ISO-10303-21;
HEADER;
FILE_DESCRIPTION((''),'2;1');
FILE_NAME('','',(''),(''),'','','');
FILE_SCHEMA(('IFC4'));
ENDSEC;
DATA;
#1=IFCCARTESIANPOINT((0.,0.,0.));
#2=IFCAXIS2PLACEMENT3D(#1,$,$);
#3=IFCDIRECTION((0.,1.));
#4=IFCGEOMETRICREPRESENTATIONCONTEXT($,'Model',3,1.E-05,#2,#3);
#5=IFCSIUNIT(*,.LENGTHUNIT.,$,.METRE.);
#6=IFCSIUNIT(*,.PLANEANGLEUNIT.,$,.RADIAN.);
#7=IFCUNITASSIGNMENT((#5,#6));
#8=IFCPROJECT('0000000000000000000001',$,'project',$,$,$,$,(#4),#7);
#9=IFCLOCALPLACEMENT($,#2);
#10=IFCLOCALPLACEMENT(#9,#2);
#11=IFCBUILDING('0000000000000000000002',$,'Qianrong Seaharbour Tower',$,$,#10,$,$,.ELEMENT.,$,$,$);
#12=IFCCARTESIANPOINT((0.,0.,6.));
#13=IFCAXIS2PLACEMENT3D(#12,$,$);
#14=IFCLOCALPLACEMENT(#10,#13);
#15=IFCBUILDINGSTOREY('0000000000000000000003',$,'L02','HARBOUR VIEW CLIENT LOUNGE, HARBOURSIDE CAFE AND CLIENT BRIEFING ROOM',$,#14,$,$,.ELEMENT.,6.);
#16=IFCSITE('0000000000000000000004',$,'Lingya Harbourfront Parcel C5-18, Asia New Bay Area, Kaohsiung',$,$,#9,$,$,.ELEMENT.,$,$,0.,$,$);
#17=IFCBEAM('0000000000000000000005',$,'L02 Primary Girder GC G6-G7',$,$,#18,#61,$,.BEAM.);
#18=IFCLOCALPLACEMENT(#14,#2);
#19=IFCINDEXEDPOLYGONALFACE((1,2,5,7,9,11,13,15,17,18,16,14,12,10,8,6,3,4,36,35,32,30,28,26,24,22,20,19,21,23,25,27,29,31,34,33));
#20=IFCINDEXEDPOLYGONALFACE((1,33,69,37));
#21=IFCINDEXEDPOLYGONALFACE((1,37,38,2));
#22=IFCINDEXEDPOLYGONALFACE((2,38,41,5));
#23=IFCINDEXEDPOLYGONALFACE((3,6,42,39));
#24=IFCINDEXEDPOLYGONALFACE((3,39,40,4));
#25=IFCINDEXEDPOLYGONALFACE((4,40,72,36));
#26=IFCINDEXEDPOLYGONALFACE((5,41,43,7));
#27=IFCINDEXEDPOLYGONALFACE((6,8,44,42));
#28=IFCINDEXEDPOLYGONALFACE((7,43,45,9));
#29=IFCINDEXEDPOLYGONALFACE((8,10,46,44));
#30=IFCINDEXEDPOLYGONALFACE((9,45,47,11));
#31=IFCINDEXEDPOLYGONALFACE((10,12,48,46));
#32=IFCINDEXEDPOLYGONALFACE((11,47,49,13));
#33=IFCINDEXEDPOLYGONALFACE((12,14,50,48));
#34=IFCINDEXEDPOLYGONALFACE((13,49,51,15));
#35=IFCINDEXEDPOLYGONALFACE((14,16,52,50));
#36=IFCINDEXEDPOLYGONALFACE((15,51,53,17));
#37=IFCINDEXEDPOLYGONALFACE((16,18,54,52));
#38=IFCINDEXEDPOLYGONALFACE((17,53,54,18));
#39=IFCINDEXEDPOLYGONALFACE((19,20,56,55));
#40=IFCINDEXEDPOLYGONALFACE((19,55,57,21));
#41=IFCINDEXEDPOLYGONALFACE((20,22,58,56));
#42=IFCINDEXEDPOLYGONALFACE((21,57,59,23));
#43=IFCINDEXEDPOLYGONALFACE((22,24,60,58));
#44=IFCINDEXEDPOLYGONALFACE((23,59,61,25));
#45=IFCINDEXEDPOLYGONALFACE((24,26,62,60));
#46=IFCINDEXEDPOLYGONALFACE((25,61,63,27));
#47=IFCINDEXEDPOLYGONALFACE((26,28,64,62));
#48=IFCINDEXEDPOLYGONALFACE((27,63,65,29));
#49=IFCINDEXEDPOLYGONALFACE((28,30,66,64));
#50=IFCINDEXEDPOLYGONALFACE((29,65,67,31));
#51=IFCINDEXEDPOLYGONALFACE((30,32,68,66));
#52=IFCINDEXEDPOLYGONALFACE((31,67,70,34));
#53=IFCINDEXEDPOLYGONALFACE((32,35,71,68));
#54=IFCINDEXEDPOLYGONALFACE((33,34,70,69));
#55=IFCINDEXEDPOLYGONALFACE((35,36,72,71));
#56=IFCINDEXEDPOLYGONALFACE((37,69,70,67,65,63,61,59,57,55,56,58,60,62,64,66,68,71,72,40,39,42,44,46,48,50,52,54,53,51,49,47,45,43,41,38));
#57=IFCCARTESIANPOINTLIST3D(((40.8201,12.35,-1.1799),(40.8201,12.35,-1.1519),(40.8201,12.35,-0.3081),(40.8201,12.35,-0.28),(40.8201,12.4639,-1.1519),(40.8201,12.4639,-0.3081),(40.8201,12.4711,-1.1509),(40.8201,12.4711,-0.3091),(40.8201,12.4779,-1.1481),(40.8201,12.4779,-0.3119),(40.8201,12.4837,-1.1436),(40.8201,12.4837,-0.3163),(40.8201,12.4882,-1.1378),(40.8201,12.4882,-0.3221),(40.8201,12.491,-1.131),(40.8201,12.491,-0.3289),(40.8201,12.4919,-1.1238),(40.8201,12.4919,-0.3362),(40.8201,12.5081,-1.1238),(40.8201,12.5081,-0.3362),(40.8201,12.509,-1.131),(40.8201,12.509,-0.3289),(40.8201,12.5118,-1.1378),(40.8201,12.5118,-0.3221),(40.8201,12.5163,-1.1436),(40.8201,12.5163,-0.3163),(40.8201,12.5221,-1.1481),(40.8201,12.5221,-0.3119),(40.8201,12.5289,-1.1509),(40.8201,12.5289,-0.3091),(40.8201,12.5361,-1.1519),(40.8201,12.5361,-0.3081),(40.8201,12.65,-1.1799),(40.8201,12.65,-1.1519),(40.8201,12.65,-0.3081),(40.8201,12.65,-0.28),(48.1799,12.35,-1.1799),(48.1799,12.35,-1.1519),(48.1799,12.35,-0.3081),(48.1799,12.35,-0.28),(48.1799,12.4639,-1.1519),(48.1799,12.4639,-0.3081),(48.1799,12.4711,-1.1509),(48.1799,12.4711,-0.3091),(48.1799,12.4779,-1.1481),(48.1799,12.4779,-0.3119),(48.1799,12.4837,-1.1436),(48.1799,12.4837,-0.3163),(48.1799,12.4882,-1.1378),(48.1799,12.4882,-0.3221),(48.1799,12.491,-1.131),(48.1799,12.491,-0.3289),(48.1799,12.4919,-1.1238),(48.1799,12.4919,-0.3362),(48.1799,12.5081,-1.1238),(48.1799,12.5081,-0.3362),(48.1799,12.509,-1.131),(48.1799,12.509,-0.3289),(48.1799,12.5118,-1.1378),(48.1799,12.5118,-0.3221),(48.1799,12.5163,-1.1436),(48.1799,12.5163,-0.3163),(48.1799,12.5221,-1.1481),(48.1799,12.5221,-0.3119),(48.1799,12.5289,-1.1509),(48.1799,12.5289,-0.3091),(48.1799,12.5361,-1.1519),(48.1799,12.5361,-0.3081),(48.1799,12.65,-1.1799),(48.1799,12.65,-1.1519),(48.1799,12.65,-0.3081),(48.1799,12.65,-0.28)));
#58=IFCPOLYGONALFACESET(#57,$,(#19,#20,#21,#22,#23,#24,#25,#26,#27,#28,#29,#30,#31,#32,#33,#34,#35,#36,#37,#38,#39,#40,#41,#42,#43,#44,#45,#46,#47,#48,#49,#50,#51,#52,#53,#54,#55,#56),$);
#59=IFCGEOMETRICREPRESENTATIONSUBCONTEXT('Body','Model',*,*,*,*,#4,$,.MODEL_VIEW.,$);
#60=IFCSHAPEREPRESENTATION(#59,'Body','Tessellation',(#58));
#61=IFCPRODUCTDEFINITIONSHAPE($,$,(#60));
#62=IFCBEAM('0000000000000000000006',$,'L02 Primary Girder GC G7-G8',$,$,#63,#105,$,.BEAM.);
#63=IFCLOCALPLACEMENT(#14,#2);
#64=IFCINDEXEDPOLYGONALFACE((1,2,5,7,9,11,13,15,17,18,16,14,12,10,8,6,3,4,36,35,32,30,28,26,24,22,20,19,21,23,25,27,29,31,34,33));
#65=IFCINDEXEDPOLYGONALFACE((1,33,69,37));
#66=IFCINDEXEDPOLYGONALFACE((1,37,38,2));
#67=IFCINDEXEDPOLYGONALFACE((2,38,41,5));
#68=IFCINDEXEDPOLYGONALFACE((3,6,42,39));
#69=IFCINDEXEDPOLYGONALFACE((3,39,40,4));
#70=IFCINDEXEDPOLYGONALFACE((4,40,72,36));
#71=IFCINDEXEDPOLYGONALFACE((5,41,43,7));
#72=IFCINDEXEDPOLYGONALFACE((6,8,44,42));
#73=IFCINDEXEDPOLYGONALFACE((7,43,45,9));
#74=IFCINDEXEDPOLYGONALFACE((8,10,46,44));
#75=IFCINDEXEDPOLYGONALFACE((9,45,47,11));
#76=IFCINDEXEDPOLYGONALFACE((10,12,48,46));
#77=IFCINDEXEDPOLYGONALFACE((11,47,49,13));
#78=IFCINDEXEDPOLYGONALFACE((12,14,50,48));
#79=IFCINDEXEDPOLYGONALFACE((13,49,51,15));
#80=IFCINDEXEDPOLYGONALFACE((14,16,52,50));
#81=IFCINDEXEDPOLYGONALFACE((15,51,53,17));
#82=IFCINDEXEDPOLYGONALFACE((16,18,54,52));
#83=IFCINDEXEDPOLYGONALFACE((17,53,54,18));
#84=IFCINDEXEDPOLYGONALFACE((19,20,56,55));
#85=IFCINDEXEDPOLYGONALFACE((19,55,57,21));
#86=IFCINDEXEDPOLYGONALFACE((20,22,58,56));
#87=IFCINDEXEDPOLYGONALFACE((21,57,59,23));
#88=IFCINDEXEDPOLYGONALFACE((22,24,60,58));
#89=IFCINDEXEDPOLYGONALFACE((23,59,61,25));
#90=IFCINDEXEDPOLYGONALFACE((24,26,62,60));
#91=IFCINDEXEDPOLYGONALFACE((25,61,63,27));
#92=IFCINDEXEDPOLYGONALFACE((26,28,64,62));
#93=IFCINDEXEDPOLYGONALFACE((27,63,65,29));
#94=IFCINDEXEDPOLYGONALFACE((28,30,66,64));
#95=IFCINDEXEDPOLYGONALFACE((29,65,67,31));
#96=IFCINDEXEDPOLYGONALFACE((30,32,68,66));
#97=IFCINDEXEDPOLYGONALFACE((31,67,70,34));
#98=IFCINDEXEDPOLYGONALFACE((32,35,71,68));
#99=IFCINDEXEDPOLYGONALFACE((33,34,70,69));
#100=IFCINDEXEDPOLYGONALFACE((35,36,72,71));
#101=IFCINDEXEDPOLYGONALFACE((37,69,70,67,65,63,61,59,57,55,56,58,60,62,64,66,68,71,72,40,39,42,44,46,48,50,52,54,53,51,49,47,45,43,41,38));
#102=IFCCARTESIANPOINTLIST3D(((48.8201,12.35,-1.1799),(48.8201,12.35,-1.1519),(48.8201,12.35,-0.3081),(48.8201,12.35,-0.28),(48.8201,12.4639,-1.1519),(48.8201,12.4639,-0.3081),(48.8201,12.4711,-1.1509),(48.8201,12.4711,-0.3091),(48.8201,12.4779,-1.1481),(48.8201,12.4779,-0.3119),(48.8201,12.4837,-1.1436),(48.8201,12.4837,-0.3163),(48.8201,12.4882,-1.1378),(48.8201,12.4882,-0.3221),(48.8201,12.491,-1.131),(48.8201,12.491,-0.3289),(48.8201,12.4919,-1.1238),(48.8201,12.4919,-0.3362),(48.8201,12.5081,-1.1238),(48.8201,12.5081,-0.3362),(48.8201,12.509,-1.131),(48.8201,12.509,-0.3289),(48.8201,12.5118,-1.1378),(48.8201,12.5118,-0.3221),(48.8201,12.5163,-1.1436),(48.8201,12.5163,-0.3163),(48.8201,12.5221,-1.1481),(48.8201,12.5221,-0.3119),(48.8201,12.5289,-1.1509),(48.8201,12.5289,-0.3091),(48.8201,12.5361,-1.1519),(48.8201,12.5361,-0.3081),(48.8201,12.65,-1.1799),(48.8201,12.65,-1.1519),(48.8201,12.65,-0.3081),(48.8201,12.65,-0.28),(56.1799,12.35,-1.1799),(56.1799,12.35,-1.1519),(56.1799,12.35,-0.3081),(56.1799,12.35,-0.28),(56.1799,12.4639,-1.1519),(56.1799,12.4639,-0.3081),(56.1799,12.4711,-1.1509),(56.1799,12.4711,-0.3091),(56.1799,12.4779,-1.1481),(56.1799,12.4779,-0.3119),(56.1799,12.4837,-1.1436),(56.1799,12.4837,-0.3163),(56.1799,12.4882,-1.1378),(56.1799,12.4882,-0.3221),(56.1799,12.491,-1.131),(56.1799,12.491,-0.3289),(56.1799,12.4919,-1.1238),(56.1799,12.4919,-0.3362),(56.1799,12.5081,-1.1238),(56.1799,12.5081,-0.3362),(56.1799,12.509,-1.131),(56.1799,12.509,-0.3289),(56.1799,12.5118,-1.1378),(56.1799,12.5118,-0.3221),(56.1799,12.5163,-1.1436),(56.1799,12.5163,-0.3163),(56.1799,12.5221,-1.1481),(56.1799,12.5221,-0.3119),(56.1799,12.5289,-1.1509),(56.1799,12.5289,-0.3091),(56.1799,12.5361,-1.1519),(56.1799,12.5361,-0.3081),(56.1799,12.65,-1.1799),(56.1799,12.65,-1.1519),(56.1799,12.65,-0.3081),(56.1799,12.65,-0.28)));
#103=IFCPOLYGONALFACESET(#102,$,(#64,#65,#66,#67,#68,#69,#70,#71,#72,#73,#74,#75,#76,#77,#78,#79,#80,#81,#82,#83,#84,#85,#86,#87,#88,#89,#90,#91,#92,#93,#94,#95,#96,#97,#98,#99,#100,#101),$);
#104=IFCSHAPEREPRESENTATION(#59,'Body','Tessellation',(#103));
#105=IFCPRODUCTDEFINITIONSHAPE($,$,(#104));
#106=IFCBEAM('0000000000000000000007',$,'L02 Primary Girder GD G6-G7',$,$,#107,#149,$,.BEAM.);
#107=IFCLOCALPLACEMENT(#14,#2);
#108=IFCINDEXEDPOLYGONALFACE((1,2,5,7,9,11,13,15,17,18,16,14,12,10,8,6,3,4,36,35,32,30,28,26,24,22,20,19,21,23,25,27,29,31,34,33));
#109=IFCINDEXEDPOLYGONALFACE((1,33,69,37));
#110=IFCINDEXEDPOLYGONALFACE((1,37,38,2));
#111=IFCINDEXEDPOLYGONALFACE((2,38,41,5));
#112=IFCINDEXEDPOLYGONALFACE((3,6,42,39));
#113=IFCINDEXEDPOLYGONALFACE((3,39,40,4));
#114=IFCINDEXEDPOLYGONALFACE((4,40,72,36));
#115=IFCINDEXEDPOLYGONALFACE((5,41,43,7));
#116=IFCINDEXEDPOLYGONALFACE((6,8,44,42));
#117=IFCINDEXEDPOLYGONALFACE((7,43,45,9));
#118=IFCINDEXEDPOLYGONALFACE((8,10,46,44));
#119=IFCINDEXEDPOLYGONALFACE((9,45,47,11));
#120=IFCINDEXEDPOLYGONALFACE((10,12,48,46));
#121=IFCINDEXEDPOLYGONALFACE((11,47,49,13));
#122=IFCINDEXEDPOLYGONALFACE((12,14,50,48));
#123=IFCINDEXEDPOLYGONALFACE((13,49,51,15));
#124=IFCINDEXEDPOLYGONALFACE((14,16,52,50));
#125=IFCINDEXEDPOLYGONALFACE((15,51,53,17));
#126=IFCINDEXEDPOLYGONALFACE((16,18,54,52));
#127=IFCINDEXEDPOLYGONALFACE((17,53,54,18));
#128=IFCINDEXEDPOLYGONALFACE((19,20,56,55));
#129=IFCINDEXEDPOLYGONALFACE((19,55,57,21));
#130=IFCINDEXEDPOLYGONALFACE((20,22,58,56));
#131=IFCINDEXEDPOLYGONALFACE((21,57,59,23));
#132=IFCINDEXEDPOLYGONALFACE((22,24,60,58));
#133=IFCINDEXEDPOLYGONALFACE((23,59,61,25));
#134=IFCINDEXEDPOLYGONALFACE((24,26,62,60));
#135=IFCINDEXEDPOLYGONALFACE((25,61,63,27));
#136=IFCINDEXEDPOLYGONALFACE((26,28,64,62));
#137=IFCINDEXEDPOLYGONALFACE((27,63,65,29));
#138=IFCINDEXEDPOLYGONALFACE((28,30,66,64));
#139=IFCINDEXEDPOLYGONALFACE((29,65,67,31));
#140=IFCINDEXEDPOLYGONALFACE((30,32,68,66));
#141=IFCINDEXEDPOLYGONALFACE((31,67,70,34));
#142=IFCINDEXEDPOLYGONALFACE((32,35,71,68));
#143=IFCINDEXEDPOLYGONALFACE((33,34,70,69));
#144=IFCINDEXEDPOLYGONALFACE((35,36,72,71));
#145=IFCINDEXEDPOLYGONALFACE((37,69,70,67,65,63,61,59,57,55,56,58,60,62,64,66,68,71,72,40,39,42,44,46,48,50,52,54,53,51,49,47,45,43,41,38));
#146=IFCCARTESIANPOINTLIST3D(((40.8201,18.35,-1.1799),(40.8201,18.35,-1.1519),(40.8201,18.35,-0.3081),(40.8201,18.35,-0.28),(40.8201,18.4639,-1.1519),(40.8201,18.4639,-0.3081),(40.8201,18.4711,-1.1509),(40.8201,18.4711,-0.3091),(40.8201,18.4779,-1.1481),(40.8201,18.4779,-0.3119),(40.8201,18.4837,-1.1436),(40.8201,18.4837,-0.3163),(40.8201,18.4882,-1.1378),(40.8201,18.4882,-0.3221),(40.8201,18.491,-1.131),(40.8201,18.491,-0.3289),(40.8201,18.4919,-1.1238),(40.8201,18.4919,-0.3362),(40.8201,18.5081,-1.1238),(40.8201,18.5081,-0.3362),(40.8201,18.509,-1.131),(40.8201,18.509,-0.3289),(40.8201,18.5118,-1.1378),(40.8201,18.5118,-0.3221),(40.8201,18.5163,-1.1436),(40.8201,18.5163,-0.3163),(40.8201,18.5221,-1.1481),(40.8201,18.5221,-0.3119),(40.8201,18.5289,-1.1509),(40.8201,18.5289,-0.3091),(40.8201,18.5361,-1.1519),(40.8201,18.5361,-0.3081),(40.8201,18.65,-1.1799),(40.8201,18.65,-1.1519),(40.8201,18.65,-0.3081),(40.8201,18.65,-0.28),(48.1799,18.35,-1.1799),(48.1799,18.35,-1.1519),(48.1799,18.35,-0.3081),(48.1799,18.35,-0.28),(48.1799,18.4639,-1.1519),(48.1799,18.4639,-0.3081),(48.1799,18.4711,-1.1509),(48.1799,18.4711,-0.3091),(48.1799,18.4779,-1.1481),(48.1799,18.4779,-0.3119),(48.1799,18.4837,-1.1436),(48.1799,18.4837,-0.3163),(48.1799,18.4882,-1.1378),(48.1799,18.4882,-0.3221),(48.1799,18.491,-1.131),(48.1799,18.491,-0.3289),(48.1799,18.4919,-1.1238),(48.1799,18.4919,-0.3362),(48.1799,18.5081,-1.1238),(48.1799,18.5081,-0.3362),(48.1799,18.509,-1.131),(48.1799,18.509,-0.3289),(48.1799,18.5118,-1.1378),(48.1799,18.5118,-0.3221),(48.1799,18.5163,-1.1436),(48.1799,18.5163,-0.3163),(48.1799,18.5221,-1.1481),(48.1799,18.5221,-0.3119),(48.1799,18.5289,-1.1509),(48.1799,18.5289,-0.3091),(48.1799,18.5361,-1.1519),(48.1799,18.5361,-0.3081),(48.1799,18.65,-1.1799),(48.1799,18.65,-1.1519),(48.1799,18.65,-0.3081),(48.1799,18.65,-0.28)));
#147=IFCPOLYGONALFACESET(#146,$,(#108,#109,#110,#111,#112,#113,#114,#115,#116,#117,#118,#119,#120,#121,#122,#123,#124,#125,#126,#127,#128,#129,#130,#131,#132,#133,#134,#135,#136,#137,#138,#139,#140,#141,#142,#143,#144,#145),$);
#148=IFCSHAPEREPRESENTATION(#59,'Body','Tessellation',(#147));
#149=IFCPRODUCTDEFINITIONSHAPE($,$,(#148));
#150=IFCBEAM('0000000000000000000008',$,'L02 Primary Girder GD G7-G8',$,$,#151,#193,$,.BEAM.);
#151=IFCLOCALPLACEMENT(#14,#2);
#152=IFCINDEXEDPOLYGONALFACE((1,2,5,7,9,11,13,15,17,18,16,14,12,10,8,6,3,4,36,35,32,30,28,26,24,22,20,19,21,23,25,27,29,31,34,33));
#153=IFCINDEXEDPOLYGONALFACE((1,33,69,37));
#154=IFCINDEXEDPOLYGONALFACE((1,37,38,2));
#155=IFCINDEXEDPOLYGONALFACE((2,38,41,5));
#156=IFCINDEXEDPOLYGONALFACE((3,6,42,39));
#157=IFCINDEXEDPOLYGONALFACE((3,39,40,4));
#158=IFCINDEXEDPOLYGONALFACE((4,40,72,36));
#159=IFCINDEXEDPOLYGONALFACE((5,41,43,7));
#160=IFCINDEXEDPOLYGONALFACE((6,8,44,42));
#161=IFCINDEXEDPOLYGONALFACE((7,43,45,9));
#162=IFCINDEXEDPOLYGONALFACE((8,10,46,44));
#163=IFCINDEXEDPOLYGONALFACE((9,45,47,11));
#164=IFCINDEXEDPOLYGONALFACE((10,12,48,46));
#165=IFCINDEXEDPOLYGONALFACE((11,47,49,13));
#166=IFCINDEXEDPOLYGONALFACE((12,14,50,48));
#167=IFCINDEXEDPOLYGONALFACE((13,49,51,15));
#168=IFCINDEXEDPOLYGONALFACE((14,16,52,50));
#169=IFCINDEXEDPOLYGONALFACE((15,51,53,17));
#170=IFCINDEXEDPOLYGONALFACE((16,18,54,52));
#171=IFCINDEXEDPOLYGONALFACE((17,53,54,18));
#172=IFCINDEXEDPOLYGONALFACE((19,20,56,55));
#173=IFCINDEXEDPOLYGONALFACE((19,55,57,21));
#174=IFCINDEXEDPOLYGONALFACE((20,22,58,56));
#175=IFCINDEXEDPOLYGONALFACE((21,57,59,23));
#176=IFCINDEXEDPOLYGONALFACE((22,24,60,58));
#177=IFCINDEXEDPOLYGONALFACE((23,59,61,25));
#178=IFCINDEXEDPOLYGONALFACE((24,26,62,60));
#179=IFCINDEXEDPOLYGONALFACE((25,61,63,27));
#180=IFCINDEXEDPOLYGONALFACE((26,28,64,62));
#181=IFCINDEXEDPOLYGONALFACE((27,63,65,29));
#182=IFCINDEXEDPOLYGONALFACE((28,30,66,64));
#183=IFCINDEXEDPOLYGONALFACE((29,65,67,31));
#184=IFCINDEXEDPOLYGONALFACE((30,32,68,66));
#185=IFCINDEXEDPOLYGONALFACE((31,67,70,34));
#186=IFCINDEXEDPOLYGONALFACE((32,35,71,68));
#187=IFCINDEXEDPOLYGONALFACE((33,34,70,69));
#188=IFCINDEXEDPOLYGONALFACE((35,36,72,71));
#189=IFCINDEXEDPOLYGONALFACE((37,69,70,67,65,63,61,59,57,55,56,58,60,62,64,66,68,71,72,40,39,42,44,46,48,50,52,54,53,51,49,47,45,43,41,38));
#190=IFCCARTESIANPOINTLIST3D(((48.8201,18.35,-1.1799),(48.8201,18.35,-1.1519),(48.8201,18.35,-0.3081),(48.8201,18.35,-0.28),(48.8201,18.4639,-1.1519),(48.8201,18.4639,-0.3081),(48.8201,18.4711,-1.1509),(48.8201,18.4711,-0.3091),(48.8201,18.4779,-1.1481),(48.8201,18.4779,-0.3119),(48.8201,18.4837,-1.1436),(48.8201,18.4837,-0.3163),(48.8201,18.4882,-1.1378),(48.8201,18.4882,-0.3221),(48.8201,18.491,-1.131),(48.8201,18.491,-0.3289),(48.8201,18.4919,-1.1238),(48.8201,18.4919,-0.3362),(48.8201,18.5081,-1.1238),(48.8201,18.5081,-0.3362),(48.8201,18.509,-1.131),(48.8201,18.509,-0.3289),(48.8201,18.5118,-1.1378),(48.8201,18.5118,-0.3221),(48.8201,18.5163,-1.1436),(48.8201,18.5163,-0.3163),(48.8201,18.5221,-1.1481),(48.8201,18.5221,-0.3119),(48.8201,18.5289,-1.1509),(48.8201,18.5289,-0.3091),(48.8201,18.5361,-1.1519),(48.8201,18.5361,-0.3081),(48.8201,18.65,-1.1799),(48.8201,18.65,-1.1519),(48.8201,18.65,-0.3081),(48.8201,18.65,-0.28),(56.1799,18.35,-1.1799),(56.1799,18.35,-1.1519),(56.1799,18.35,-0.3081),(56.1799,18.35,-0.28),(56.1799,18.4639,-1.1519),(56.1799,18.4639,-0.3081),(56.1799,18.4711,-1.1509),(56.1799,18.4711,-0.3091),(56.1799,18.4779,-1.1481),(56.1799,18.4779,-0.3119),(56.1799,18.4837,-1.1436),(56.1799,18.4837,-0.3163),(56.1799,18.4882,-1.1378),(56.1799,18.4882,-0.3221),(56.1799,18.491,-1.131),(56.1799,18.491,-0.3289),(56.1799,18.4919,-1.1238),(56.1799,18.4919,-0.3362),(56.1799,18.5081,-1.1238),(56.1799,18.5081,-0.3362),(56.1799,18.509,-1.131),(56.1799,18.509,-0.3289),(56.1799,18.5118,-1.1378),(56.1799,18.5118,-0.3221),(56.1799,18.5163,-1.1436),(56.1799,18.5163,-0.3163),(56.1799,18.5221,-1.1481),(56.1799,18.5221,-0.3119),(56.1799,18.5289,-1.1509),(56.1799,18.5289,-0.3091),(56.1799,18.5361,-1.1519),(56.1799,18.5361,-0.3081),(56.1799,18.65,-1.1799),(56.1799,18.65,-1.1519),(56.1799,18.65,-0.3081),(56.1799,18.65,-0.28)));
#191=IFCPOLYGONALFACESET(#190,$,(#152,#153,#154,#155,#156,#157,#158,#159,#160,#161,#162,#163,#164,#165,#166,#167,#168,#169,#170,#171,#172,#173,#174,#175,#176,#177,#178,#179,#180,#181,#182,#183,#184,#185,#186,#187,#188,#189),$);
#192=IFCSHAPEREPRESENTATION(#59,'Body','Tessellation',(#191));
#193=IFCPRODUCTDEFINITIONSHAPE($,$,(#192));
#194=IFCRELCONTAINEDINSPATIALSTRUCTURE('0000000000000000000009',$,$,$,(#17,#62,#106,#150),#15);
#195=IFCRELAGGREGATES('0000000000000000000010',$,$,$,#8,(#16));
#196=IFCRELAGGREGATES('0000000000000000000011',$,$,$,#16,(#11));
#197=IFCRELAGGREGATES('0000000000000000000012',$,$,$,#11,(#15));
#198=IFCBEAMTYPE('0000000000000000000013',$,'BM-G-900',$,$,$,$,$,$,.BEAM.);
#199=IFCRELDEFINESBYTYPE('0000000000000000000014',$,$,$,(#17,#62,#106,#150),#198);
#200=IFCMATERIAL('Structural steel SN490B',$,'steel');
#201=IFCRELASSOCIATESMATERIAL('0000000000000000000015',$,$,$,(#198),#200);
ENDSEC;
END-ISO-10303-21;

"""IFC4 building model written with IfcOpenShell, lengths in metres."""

from ifc_helpers import new_model, si_unit, direction, frame, origin, origin_2d, place, context, subcontext, project, spatial, i_section, extrude, material, material_profile, profile_set, type_object, element, save


model = new_model("IFC4")

# Units and contexts
model_context = context("Model", 3, precision=1e-05, world=origin(), true_north=direction((0.0, 1.0)))
body_context = subcontext(model_context, "Body", "Model", "MODEL_VIEW")
ifc_project = project(units=[si_unit("LENGTHUNIT", "METRE"), si_unit("PLANEANGLEUNIT", "RADIAN")], contexts=[model_context])

# Site, building, storey
site_placement = place(None, origin())
site = spatial("IfcSite", under=ifc_project, at=site_placement, Name="Lingya Harbourfront Parcel C5-18, Asia New Bay Area, Kaohsiung", CompositionType="ELEMENT", RefElevation=0.0)
building_placement = place(site_placement, origin())
building = spatial("IfcBuilding", under=site, at=building_placement, Name="Qianrong Seaharbour Tower", CompositionType="ELEMENT")
storey_placement = place(building_placement, frame((0.0, 0.0, 6.0)))
storey = spatial("IfcBuildingStorey", under=building, at=storey_placement, Name="L02", Description="HARBOUR VIEW CLIENT LOUNGE, HARBOURSIDE CAFE AND CLIENT BRIEFING ROOM", CompositionType="ELEMENT", Elevation=6.0)

# Shared definitions
ifc_material_1 = material(Name="Structural steel SN490B", Category="steel")

# Beams
ifc_material_profile_1 = material_profile(ifc_material_1, i_section(OverallWidth=0.3, OverallDepth=0.8999, WebThickness=0.0161, FlangeThickness=0.0281, FilletRadius=0.0281, at=origin_2d()), Name="H900x300x16x28")
ifc_profile_set_1 = profile_set([ifc_material_profile_1], Name="Structural steel SN490B")
beam_type_1 = type_object("IfcBeamType", Name="BM-G-900", PredefinedType="BEAM", material=ifc_profile_set_1)
for number, where, z_axis, x_axis, name in (
    (1, (40.8201, 12.5, -0.73), (1.0, 0.0, 0.0), (0.0, 1.0, 0.0), "L02 Primary Girder GC G6-G7"),
    (2, (48.8201, 12.5, -0.73), (1.0, 0.0, 0.0), (0.0, 1.0, 0.0), "L02 Primary Girder GC G7-G8"),
    (3, (40.8201, 18.5, -0.73), (1.0, 0.0, 0.0), (0.0, 1.0, 0.0), "L02 Primary Girder GD G6-G7"),
    (4, (48.8201, 18.5, -0.73), (1.0, 0.0, 0.0), (0.0, 1.0, 0.0), "L02 Primary Girder GD G7-G8"),
):
    element("IfcBeam", number, at=place(storey_placement, frame(where, z_axis=z_axis, x_axis=x_axis)), inside=storey, type_object=beam_type_1, Name=name, PredefinedType="BEAM", context=body_context, shape_type="SweptSolid", body=[
        extrude(i_section(OverallWidth=0.3, OverallDepth=0.8999, WebThickness=0.0161, FlangeThickness=0.0281, FilletRadius=0.0281, at=origin_2d()), origin(), (0.0, 0.0, 1.0), 7.3599),
    ])

save(model, "model.ifc")
